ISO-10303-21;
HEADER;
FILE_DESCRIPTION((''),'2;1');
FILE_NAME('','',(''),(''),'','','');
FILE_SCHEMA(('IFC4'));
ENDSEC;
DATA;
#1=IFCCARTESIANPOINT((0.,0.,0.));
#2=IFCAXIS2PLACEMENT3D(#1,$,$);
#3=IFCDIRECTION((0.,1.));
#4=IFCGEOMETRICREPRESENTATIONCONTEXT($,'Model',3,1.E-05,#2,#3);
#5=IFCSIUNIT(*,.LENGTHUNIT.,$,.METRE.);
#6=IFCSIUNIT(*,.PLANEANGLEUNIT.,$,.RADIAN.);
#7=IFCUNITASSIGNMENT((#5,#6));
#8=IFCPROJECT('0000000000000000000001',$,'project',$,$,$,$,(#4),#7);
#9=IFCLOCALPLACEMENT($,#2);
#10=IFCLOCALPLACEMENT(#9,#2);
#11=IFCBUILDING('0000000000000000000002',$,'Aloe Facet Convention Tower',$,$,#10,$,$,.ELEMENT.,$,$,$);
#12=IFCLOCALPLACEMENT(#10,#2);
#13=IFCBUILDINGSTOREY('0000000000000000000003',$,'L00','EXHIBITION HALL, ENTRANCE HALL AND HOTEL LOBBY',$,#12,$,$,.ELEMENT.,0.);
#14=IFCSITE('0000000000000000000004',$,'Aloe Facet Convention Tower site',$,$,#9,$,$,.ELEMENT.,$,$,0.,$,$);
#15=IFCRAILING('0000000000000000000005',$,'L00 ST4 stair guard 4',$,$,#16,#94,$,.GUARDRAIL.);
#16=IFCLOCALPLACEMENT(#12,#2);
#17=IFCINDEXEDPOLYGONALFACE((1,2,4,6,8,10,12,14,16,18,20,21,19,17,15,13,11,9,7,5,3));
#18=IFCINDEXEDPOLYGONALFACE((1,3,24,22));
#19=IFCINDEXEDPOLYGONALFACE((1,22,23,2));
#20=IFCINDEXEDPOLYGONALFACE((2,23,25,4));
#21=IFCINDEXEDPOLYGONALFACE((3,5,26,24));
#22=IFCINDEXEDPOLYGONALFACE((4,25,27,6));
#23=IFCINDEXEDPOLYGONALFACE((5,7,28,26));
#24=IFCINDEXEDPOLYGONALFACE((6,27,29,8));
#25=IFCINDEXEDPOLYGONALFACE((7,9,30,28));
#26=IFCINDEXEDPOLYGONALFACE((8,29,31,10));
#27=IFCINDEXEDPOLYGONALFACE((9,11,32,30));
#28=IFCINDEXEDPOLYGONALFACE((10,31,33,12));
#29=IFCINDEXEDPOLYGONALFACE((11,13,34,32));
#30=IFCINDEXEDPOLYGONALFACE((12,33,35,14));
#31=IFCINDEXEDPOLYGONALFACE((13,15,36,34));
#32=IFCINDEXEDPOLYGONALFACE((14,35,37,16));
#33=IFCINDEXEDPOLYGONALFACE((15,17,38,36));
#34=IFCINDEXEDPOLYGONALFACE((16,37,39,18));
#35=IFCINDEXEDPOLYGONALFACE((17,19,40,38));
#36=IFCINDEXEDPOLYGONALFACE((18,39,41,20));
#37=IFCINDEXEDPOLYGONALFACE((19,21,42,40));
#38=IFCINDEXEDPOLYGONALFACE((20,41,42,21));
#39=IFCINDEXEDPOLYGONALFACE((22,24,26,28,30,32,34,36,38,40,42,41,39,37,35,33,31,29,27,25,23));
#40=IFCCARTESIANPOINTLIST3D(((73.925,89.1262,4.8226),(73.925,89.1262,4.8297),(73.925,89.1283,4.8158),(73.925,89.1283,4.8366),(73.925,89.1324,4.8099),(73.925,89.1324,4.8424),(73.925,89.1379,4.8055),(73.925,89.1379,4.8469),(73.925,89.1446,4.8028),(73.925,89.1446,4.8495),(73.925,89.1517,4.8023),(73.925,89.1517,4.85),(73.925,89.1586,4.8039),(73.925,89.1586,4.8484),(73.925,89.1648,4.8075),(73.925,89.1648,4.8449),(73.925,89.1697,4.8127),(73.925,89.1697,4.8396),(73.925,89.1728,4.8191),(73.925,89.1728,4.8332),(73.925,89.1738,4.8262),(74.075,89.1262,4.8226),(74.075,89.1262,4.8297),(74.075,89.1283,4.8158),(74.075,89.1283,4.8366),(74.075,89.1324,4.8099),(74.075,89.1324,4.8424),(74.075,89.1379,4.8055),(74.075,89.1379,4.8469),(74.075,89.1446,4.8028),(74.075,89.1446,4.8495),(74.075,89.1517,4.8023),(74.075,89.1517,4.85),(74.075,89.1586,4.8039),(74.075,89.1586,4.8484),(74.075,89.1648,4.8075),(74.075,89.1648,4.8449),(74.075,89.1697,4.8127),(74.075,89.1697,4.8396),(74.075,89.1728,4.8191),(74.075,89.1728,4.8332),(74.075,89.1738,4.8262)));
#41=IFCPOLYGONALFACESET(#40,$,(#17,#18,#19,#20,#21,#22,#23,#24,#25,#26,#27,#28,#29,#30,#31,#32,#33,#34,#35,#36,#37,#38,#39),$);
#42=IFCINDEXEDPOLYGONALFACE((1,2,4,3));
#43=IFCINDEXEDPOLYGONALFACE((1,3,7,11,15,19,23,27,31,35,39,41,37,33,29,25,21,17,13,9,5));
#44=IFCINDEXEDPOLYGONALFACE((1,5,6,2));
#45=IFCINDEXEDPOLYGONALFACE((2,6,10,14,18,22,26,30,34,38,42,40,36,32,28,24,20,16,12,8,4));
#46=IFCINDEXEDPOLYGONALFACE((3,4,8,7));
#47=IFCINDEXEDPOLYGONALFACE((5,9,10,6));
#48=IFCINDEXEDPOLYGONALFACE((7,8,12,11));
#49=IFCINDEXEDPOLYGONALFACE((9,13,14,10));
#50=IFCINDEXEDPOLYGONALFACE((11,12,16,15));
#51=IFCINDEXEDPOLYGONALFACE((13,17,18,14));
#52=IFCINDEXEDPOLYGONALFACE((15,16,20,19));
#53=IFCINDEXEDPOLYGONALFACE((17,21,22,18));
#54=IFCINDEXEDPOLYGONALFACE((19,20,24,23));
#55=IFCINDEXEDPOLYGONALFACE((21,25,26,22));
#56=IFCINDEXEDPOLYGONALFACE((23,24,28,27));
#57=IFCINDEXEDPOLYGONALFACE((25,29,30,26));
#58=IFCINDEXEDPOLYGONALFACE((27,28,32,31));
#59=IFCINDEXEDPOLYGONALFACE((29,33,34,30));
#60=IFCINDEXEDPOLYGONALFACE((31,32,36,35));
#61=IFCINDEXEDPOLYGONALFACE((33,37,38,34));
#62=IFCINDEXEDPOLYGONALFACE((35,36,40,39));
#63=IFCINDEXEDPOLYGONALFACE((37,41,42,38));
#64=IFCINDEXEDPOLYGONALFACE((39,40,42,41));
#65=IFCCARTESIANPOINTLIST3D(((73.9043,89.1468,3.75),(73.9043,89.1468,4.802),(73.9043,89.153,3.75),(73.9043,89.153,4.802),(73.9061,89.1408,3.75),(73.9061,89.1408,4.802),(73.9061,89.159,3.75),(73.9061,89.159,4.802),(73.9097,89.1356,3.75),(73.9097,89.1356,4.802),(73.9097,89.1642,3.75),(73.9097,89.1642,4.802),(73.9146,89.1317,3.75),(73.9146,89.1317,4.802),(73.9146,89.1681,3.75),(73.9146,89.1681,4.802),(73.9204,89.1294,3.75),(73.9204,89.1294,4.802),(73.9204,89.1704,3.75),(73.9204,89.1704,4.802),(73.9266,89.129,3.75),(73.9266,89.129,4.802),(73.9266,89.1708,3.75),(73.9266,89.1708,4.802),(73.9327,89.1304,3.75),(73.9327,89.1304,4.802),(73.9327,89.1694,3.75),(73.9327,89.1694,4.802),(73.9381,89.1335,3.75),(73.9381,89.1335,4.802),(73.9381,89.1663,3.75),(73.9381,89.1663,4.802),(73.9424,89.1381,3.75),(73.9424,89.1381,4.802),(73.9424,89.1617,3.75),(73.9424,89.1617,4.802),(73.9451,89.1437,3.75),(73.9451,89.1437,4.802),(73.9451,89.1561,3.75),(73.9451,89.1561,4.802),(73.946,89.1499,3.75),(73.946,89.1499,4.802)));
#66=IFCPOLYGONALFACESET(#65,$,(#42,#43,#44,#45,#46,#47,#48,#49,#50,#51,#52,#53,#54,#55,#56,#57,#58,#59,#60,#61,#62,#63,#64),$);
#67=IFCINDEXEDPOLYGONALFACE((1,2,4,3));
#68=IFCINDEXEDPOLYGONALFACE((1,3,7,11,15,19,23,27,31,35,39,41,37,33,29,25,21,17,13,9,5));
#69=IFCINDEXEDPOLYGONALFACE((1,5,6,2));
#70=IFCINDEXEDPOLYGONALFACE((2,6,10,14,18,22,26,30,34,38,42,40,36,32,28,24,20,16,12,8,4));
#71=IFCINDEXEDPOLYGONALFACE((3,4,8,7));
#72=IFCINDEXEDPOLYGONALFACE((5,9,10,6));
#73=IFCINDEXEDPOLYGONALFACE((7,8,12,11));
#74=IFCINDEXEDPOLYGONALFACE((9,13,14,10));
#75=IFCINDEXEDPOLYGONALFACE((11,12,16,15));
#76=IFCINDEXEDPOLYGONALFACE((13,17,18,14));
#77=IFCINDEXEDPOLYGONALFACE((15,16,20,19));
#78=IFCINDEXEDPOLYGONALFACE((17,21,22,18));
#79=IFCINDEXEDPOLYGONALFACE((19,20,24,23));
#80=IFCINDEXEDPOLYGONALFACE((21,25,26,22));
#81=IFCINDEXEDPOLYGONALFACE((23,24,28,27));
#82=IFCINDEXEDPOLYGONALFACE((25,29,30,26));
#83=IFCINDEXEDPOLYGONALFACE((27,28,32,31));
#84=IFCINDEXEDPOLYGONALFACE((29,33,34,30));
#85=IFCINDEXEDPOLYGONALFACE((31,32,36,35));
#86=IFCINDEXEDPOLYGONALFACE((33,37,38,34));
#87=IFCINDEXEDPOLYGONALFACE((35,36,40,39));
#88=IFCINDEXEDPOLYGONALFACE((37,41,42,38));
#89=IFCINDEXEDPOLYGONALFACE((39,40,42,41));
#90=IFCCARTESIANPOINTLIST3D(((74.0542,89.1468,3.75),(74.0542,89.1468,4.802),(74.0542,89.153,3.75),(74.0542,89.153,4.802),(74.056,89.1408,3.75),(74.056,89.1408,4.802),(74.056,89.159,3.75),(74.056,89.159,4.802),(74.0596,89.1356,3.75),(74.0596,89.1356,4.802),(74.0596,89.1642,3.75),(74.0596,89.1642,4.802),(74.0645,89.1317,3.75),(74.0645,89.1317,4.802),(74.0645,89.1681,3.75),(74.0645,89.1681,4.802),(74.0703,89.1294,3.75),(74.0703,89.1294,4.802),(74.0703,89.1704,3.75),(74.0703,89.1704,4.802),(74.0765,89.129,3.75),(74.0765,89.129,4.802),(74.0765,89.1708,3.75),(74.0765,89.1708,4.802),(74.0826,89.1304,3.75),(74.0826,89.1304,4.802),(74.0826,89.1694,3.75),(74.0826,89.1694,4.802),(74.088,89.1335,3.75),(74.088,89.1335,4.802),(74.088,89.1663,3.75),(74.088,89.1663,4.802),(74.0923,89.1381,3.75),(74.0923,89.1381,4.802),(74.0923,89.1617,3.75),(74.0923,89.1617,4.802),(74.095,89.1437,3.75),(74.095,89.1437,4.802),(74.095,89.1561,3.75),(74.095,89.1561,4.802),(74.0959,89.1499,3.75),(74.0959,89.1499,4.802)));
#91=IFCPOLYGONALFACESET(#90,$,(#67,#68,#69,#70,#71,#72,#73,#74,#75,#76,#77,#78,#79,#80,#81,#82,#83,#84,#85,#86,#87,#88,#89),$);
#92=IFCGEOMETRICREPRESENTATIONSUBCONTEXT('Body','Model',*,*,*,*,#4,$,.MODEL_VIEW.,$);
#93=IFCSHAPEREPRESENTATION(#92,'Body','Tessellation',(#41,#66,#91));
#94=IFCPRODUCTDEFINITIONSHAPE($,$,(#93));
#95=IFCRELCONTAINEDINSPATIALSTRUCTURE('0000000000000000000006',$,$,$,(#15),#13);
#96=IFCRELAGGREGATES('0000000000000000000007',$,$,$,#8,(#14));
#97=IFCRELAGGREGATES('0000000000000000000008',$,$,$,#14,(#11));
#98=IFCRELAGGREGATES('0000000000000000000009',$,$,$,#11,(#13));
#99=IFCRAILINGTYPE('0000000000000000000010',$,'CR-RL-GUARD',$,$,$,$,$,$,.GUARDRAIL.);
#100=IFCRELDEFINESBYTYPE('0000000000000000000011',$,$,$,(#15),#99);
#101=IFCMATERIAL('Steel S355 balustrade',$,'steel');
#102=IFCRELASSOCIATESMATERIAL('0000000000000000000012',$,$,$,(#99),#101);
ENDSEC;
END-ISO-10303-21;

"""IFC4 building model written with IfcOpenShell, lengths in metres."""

from ifc_helpers import new_model, si_unit, direction, frame, origin, origin_2d, place, context, subcontext, project, spatial, circle, extrude, material, type_object, element, save


model = new_model("IFC4")

# Units and contexts
model_context = context("Model", 3, precision=1e-05, world=origin(), true_north=direction((0.0, 1.0)))
body_context = subcontext(model_context, "Body", "Model", "MODEL_VIEW")
ifc_project = project(units=[si_unit("LENGTHUNIT", "METRE"), si_unit("PLANEANGLEUNIT", "RADIAN")], contexts=[model_context])

# Site, building, storey
site_placement = place(None, origin())
site = spatial("IfcSite", under=ifc_project, at=site_placement, Name="Aloe Facet Convention Tower site", CompositionType="ELEMENT", RefElevation=0.0)
building_placement = place(site_placement, origin())
building = spatial("IfcBuilding", under=site, at=building_placement, Name="Aloe Facet Convention Tower", CompositionType="ELEMENT")
storey_placement = place(building_placement, origin())
storey = spatial("IfcBuildingStorey", under=building, at=storey_placement, Name="L00", Description="EXHIBITION HALL, ENTRANCE HALL AND HOTEL LOBBY", CompositionType="ELEMENT", Elevation=0.0)

# Railing
ifc_material_1 = material(Name="Steel S355 balustrade", Category="steel")
railing_type_1 = type_object("IfcRailingType", Name="CR-RL-GUARD", PredefinedType="GUARDRAIL", material=ifc_material_1)
railing_1_placement = place(storey_placement, frame((73.925, 89.1499, 3.75)))
element("IfcRailing", 1, at=railing_1_placement, inside=storey, type_object=railing_type_1, Name="L00 ST4 stair guard 4", PredefinedType="GUARDRAIL", context=body_context, shape_type="SweptSolid", body=[
    extrude(circle(Radius=0.0239, at=origin_2d()), frame((0.0, 0.0, 1.0762), z_axis=(1.0, 0.0, 0.0), x_axis=(0.0, 1.0, 0.0)), (0.0, 0.0, 1.0), 0.1499),
    extrude(circle(Radius=0.021, at=origin_2d()), origin(), (0.0, 0.0, 1.0), 1.052),
    extrude(circle(Radius=0.021, at=origin_2d()), frame((0.1499, 0.0, 0.0)), (0.0, 0.0, 1.0), 1.052),
])

save(model, "model.ifc")
